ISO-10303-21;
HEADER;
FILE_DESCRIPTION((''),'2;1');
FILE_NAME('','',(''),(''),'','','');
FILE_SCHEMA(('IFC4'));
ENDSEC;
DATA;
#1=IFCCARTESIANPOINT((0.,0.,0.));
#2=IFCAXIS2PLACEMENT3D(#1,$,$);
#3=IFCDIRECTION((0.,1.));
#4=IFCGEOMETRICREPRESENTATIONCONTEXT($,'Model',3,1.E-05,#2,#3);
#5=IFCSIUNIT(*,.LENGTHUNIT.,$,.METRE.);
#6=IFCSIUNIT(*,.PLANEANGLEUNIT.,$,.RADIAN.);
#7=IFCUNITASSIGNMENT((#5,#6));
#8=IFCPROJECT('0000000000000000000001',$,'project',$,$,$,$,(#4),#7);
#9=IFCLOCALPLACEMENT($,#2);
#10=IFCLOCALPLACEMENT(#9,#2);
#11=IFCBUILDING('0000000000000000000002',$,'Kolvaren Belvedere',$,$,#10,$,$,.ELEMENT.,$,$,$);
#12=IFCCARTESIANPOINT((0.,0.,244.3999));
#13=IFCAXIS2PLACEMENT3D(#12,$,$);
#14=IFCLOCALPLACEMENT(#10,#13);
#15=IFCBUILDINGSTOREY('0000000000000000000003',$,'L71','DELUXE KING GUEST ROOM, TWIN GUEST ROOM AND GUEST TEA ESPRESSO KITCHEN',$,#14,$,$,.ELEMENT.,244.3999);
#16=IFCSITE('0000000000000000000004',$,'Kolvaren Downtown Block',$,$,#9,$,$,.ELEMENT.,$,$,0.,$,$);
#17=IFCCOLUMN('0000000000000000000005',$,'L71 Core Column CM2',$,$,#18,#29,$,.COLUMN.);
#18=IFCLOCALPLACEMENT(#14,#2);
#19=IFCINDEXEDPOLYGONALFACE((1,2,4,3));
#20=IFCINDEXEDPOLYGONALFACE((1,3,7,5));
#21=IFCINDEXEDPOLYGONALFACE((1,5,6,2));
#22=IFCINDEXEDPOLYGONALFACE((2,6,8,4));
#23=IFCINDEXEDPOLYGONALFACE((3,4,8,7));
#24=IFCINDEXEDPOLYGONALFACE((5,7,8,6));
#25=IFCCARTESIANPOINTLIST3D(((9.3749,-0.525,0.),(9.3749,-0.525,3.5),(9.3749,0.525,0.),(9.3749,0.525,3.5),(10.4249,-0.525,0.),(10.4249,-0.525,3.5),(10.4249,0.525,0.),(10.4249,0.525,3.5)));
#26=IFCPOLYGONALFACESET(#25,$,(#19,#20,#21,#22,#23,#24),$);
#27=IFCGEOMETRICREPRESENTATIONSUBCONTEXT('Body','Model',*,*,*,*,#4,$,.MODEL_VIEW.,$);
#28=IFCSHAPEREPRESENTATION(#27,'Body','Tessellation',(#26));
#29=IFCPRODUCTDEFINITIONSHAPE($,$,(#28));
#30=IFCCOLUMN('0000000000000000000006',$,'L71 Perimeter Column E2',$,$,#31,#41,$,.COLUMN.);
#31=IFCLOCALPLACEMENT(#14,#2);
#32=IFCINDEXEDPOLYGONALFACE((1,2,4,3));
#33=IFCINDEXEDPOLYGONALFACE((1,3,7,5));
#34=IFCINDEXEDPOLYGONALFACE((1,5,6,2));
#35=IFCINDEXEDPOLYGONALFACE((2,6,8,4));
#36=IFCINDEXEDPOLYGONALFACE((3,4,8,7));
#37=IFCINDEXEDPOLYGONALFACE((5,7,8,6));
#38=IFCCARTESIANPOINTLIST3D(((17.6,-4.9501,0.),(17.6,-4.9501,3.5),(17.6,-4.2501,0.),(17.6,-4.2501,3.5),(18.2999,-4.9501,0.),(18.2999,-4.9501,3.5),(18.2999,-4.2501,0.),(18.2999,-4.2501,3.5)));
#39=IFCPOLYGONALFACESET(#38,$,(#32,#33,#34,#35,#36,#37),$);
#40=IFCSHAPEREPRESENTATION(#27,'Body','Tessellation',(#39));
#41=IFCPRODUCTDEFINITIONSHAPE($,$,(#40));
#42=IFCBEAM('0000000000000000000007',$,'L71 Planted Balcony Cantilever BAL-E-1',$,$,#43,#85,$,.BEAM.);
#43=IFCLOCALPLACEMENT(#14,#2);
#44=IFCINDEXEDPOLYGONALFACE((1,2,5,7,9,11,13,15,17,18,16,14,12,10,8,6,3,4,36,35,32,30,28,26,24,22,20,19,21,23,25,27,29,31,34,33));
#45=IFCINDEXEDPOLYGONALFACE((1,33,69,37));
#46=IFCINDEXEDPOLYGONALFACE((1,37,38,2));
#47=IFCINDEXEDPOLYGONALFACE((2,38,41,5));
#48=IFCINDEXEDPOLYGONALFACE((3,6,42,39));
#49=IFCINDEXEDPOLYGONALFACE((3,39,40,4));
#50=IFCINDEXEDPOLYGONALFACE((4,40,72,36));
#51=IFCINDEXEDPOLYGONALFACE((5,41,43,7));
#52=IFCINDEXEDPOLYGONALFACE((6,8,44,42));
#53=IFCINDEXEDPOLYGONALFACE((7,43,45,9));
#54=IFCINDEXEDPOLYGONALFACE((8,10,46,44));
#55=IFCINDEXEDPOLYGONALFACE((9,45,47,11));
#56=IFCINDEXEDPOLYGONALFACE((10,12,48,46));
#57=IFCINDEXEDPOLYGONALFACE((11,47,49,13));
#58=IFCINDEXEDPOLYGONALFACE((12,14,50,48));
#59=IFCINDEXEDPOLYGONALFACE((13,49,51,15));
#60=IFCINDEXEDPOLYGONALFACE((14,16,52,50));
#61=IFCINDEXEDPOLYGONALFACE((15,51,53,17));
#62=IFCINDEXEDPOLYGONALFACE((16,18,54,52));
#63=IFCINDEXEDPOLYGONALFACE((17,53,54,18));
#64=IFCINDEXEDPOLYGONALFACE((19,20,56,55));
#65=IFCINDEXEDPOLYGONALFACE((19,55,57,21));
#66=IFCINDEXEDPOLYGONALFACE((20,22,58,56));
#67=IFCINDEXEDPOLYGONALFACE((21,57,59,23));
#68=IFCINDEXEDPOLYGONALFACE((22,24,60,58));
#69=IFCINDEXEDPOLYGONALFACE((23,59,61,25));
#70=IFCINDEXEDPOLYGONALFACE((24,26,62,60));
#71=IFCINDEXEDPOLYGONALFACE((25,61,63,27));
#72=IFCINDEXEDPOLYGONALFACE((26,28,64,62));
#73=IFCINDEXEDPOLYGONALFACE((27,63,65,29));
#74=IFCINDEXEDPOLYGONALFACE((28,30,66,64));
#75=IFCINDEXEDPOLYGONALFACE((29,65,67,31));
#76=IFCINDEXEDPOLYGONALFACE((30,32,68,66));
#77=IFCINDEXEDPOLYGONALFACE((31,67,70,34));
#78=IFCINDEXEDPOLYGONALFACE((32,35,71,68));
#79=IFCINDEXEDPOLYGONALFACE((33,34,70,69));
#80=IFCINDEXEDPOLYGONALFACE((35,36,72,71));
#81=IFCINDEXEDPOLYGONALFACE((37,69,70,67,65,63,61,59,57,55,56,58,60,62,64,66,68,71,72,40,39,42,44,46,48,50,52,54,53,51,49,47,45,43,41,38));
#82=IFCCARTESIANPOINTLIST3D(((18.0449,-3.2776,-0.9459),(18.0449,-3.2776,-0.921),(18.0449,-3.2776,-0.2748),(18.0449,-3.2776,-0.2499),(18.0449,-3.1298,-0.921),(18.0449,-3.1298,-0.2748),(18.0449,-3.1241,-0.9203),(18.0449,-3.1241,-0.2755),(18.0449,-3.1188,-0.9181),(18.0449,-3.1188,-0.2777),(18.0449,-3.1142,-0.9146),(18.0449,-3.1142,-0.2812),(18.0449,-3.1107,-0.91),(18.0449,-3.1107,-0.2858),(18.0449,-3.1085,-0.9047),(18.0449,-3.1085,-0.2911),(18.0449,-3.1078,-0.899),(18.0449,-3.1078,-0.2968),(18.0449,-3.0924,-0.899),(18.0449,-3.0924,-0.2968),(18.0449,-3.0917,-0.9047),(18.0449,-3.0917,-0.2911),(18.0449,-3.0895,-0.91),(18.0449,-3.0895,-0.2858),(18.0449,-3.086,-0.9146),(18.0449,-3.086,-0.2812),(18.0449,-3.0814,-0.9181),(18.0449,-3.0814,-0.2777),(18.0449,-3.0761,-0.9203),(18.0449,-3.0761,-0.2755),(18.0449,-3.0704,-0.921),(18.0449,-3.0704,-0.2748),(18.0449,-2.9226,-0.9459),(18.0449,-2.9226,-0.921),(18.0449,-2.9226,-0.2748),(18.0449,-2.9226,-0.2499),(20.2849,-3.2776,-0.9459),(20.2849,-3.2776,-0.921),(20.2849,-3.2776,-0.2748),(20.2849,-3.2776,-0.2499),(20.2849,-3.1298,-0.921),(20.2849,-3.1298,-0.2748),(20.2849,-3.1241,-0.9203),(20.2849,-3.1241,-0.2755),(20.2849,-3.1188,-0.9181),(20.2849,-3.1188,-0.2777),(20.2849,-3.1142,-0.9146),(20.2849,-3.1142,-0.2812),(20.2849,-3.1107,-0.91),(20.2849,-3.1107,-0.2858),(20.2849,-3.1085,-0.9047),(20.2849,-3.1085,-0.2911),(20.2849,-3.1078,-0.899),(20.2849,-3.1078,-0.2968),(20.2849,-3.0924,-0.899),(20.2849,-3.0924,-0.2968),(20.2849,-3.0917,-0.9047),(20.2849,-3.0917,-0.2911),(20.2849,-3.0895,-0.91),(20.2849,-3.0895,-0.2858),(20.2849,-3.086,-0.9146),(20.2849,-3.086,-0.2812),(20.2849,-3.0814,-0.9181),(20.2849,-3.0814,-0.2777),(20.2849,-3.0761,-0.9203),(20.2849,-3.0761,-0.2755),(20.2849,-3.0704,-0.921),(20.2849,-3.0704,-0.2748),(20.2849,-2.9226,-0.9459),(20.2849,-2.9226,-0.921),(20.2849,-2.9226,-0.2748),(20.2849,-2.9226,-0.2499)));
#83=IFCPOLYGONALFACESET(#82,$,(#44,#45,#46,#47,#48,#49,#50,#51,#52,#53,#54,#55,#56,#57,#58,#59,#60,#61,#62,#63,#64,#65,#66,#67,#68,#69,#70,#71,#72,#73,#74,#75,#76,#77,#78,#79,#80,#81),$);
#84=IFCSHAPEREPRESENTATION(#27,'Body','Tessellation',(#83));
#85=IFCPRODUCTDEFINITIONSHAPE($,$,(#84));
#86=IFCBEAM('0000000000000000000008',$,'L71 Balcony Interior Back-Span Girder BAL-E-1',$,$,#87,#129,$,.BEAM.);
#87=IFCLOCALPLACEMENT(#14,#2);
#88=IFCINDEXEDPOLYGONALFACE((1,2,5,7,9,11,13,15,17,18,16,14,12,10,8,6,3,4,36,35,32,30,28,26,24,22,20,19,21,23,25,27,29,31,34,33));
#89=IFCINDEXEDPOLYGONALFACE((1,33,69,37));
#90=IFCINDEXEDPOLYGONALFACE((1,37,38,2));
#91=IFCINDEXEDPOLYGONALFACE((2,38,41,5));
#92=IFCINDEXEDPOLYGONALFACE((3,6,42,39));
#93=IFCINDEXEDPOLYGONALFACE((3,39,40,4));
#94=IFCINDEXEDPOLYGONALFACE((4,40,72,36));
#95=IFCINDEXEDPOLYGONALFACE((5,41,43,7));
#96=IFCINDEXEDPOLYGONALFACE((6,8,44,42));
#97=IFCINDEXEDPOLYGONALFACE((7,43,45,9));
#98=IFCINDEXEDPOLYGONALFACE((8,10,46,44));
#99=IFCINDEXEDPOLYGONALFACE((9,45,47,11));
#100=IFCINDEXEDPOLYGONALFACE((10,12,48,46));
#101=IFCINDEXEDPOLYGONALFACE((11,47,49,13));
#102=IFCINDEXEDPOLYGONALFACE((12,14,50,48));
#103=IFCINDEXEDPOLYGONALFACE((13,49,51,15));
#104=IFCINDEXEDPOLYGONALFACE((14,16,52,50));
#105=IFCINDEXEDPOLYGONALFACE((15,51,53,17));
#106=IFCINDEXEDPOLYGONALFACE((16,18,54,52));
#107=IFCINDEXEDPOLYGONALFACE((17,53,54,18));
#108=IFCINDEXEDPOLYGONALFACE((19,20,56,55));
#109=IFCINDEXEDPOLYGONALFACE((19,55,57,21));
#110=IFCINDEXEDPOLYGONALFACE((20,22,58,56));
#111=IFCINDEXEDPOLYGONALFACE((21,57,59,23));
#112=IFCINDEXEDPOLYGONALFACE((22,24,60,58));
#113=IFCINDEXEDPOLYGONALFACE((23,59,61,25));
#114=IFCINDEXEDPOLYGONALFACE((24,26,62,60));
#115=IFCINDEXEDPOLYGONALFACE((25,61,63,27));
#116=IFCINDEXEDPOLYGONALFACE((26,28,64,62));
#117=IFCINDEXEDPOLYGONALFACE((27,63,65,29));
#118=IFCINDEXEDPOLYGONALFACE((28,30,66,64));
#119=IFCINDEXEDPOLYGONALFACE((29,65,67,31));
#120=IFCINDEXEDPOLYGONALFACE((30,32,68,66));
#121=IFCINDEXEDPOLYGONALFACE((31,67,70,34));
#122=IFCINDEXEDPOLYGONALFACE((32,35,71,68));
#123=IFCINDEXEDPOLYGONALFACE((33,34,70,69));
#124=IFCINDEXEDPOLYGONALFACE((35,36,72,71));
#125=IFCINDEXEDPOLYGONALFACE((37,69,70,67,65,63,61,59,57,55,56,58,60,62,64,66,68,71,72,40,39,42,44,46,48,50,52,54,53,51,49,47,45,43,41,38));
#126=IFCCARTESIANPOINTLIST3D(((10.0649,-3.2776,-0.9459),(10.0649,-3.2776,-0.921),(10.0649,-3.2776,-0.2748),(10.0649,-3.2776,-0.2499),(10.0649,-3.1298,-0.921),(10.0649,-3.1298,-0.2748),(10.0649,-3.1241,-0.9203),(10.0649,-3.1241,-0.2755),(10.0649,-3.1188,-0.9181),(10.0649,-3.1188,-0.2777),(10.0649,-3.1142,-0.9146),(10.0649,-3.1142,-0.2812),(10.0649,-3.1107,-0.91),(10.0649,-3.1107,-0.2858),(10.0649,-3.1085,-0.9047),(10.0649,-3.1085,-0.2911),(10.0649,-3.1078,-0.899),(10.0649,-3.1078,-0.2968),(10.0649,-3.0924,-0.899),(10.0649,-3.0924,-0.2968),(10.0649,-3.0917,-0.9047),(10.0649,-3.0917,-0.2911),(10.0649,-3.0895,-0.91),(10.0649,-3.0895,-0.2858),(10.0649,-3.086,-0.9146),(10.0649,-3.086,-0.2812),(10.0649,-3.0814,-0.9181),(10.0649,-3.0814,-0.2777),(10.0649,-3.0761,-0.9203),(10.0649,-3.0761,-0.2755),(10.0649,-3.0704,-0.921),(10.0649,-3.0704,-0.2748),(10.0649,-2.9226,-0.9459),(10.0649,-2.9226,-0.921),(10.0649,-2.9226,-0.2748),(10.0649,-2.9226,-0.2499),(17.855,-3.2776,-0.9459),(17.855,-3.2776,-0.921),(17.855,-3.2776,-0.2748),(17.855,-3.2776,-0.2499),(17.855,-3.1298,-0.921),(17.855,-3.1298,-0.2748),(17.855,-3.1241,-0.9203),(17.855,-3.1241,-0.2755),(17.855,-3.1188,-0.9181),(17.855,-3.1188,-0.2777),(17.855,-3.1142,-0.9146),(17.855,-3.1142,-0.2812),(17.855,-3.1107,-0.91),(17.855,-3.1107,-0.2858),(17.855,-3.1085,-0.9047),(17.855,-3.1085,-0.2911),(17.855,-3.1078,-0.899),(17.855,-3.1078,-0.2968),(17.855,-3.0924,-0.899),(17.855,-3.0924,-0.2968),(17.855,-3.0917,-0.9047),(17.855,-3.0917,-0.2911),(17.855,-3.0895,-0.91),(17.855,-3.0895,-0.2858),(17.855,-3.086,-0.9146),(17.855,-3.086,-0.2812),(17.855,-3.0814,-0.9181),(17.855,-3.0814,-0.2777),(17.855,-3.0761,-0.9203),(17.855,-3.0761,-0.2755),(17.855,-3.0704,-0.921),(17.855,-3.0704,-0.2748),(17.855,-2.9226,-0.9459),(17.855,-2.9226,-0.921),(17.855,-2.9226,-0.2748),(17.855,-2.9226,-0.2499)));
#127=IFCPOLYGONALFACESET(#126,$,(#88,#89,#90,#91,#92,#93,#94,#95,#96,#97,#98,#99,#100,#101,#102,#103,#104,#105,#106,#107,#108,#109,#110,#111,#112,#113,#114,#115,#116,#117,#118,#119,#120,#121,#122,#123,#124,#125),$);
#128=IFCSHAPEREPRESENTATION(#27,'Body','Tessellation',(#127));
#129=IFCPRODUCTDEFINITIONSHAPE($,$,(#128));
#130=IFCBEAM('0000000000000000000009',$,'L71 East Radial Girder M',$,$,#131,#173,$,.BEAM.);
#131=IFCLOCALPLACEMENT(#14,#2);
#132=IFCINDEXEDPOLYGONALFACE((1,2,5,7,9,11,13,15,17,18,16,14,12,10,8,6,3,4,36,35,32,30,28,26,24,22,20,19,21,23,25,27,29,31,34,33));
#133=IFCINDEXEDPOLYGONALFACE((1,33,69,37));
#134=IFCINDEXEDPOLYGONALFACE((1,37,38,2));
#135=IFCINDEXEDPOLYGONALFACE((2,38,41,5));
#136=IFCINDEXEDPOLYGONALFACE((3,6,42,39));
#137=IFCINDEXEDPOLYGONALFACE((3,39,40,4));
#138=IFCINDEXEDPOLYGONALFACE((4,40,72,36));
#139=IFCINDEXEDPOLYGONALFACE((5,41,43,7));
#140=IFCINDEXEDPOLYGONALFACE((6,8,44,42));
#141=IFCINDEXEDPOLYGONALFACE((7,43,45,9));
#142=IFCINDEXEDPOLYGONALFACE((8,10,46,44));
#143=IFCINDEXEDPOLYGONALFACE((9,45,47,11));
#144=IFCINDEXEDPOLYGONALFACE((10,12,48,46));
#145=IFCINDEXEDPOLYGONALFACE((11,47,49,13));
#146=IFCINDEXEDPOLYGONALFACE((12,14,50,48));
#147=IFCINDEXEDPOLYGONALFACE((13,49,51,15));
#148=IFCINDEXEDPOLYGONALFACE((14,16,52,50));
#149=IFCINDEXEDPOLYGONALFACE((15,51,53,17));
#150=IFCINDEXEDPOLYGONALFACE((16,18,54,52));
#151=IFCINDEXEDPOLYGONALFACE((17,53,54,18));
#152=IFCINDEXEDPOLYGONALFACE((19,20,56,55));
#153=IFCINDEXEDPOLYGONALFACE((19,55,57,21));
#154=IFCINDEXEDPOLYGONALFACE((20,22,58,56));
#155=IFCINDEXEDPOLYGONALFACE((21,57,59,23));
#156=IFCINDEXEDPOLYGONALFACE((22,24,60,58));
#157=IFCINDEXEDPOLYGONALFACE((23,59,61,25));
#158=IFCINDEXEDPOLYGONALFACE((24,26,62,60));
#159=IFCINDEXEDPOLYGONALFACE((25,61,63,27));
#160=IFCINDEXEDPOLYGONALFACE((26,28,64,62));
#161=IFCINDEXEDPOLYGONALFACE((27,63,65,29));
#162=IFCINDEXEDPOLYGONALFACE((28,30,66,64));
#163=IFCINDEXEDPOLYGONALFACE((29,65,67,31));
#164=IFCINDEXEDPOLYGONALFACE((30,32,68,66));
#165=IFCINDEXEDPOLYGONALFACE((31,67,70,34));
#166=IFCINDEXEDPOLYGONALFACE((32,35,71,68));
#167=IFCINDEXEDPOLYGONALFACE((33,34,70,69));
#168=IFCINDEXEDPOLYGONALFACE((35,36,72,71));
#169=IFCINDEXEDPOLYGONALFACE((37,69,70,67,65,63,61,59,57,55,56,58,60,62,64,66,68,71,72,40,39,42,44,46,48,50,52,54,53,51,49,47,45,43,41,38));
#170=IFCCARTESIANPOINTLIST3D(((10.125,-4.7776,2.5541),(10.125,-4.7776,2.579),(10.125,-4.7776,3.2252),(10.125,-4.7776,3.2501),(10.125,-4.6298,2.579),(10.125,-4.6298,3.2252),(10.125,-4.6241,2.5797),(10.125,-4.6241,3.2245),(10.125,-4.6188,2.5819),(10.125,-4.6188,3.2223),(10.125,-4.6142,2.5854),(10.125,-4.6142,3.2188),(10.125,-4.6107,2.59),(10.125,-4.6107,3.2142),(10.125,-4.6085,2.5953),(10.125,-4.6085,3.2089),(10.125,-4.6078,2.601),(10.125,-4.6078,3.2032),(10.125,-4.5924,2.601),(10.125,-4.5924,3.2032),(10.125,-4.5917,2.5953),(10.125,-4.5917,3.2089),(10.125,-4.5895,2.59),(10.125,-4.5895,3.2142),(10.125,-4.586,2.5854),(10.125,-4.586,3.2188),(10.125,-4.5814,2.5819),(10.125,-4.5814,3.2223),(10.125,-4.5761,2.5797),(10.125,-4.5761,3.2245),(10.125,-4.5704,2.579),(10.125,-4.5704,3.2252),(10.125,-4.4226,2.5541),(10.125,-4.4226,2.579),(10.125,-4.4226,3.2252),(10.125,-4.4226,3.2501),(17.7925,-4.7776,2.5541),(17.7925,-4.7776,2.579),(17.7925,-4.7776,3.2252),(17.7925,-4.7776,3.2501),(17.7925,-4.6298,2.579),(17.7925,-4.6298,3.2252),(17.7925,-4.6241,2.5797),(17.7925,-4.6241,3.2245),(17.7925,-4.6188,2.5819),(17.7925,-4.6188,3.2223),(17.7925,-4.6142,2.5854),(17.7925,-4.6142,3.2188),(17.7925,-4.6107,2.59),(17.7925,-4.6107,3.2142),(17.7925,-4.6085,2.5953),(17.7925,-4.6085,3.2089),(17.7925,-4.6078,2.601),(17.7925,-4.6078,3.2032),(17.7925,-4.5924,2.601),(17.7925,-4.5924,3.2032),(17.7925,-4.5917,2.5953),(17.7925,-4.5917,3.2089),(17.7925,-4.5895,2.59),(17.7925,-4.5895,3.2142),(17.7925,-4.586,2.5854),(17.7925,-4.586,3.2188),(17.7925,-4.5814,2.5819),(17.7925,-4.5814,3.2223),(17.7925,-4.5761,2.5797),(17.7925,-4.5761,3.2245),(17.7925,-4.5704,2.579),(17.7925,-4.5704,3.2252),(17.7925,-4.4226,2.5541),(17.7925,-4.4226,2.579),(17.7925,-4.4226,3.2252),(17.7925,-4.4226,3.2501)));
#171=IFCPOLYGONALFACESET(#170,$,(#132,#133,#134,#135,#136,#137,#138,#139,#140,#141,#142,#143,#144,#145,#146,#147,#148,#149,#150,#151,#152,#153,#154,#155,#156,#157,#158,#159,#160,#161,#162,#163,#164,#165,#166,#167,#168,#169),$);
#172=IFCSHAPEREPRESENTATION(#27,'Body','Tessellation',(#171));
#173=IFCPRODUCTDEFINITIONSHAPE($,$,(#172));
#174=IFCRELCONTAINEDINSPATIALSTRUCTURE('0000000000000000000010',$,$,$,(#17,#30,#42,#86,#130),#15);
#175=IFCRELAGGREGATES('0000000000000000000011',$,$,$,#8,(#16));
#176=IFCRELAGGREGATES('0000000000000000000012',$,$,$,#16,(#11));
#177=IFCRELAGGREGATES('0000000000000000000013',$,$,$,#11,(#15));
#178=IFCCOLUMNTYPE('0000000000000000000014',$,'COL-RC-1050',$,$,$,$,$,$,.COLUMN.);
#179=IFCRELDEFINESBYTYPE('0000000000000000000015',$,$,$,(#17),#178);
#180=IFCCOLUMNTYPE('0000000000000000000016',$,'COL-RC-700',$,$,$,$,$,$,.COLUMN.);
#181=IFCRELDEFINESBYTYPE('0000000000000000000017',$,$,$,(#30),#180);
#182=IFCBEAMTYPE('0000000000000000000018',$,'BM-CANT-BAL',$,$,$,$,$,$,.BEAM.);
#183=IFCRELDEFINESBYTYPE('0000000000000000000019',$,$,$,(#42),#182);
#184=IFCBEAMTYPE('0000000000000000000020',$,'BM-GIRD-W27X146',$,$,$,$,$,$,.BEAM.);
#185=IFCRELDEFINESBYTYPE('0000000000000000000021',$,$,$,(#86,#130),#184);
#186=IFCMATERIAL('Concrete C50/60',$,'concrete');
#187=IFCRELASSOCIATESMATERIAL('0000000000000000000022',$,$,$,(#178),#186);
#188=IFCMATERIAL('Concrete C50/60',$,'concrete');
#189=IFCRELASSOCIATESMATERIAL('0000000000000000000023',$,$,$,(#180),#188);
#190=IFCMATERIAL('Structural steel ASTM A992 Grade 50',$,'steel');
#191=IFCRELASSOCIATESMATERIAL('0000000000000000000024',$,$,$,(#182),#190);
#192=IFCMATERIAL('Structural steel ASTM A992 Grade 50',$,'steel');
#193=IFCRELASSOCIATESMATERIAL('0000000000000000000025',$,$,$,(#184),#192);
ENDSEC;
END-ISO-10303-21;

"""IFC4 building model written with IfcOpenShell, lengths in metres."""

from ifc_helpers import new_model, si_unit, direction, frame, origin, origin_2d, place, context, subcontext, project, spatial, rectangle, i_section, extrude, material, material_profile, profile_set, type_object, element, save


model = new_model("IFC4")

# Units and contexts
model_context = context("Model", 3, precision=1e-05, world=origin(), true_north=direction((0.0, 1.0)))
body_context = subcontext(model_context, "Body", "Model", "MODEL_VIEW")
ifc_project = project(units=[si_unit("LENGTHUNIT", "METRE"), si_unit("PLANEANGLEUNIT", "RADIAN")], contexts=[model_context])

# Site, building, storey
site_placement = place(None, origin())
site = spatial("IfcSite", under=ifc_project, at=site_placement, Name="Kolvaren Downtown Block", CompositionType="ELEMENT", RefElevation=0.0)
building_placement = place(site_placement, origin())
building = spatial("IfcBuilding", under=site, at=building_placement, Name="Kolvaren Belvedere", CompositionType="ELEMENT")
storey_placement = place(building_placement, frame((0.0, 0.0, 244.3999)))
storey = spatial("IfcBuildingStorey", under=building, at=storey_placement, Name="L71", Description="DELUXE KING GUEST ROOM, TWIN GUEST ROOM AND GUEST TEA ESPRESSO KITCHEN", CompositionType="ELEMENT", Elevation=244.3999)

# Columns
ifc_material_1 = material(Name="Concrete C50/60", Category="concrete")
ifc_material_profile_1 = material_profile(ifc_material_1, rectangle(XDim=1.05, YDim=1.05, at=origin_2d()), Name="RC 1050X1050")
ifc_profile_set_1 = profile_set([ifc_material_profile_1], Name="Concrete C50/60")
column_type_1 = type_object("IfcColumnType", Name="COL-RC-1050", PredefinedType="COLUMN", material=ifc_profile_set_1)
column_1_placement = place(storey_placement, frame((9.8999, 0.0, 0.0), z_axis=(0.0, 0.0, 1.0), x_axis=(1.0, 0.0, 0.0)))
element("IfcColumn", 1, at=column_1_placement, inside=storey, type_object=column_type_1, Name="L71 Core Column CM2", PredefinedType="COLUMN", context=body_context, shape_type="SweptSolid", body=[
    extrude(rectangle(XDim=1.05, YDim=1.05, at=origin_2d()), origin(), (0.0, 0.0, 1.0), 3.5),
])
ifc_material_2 = material(Name="Concrete C50/60", Category="concrete")
ifc_material_profile_2 = material_profile(ifc_material_2, rectangle(XDim=0.7, YDim=0.7, at=origin_2d()), Name="RC 700X700")
ifc_profile_set_2 = profile_set([ifc_material_profile_2], Name="Concrete C50/60")
column_type_2 = type_object("IfcColumnType", Name="COL-RC-700", PredefinedType="COLUMN", material=ifc_profile_set_2)
column_2_placement = place(storey_placement, frame((17.95, -4.6001, 0.0), z_axis=(0.0, 0.0, 1.0), x_axis=(1.0, 0.0, 0.0)))
element("IfcColumn", 2, at=column_2_placement, inside=storey, type_object=column_type_2, Name="L71 Perimeter Column E2", PredefinedType="COLUMN", context=body_context, shape_type="SweptSolid", body=[
    extrude(rectangle(XDim=0.7, YDim=0.7, at=origin_2d()), origin(), (0.0, 0.0, 1.0), 3.5),
])

# Beams
ifc_material_3 = material(Name="Structural steel ASTM A992 Grade 50", Category="steel")
ifc_material_profile_3 = material_profile(ifc_material_3, i_section(OverallWidth=0.355, OverallDepth=0.696, WebThickness=0.0154, FlangeThickness=0.0249, FilletRadius=0.022, at=origin_2d()), Name="W27X146")
ifc_profile_set_3 = profile_set([ifc_material_profile_3], Name="Structural steel ASTM A992 Grade 50")
beam_type_1 = type_object("IfcBeamType", Name="BM-CANT-BAL", PredefinedType="BEAM", material=ifc_profile_set_3)
beam_1_placement = place(storey_placement, frame((18.0449, -3.1001, -0.5979), z_axis=(1.0, 0.0, 0.0), x_axis=(0.0, 1.0, 0.0)))
element("IfcBeam", 3, at=beam_1_placement, inside=storey, type_object=beam_type_1, Name="L71 Planted Balcony Cantilever BAL-E-1", PredefinedType="BEAM", context=body_context, shape_type="SweptSolid", body=[
    extrude(i_section(OverallWidth=0.355, OverallDepth=0.696, WebThickness=0.0154, FlangeThickness=0.0249, FilletRadius=0.022, at=origin_2d()), origin(), (0.0, 0.0, 1.0), 2.24),
])
ifc_material_4 = material(Name="Structural steel ASTM A992 Grade 50", Category="steel")
ifc_material_profile_4 = material_profile(ifc_material_4, i_section(OverallWidth=0.355, OverallDepth=0.696, WebThickness=0.0154, FlangeThickness=0.0249, FilletRadius=0.022, at=origin_2d()), Name="W27X146")
ifc_profile_set_4 = profile_set([ifc_material_profile_4], Name="Structural steel ASTM A992 Grade 50")
beam_type_2 = type_object("IfcBeamType", Name="BM-GIRD-W27X146", PredefinedType="BEAM", material=ifc_profile_set_4)
beam_2_placement = place(storey_placement, frame((10.0649, -3.1001, -0.5979), z_axis=(1.0, 0.0, 0.0), x_axis=(0.0, 1.0, 0.0)))
element("IfcBeam", 4, at=beam_2_placement, inside=storey, type_object=beam_type_2, Name="L71 Balcony Interior Back-Span Girder BAL-E-1", PredefinedType="BEAM", context=body_context, shape_type="SweptSolid", body=[
    extrude(i_section(OverallWidth=0.355, OverallDepth=0.696, WebThickness=0.0154, FlangeThickness=0.0249, FilletRadius=0.022, at=origin_2d()), origin(), (0.0, 0.0, 1.0), 7.79),
])
beam_3_placement = place(storey_placement, frame((10.125, -4.6001, 2.9021), z_axis=(1.0, 0.0, 0.0), x_axis=(0.0, 1.0, 0.0)))
element("IfcBeam", 5, at=beam_3_placement, inside=storey, type_object=beam_type_2, Name="L71 East Radial Girder M", PredefinedType="BEAM", context=body_context, shape_type="SweptSolid", body=[
    extrude(i_section(OverallWidth=0.355, OverallDepth=0.696, WebThickness=0.0154, FlangeThickness=0.0249, FilletRadius=0.022, at=origin_2d()), origin(), (0.0, 0.0, 1.0), 7.6675),
])

save(model, "model.ifc")
